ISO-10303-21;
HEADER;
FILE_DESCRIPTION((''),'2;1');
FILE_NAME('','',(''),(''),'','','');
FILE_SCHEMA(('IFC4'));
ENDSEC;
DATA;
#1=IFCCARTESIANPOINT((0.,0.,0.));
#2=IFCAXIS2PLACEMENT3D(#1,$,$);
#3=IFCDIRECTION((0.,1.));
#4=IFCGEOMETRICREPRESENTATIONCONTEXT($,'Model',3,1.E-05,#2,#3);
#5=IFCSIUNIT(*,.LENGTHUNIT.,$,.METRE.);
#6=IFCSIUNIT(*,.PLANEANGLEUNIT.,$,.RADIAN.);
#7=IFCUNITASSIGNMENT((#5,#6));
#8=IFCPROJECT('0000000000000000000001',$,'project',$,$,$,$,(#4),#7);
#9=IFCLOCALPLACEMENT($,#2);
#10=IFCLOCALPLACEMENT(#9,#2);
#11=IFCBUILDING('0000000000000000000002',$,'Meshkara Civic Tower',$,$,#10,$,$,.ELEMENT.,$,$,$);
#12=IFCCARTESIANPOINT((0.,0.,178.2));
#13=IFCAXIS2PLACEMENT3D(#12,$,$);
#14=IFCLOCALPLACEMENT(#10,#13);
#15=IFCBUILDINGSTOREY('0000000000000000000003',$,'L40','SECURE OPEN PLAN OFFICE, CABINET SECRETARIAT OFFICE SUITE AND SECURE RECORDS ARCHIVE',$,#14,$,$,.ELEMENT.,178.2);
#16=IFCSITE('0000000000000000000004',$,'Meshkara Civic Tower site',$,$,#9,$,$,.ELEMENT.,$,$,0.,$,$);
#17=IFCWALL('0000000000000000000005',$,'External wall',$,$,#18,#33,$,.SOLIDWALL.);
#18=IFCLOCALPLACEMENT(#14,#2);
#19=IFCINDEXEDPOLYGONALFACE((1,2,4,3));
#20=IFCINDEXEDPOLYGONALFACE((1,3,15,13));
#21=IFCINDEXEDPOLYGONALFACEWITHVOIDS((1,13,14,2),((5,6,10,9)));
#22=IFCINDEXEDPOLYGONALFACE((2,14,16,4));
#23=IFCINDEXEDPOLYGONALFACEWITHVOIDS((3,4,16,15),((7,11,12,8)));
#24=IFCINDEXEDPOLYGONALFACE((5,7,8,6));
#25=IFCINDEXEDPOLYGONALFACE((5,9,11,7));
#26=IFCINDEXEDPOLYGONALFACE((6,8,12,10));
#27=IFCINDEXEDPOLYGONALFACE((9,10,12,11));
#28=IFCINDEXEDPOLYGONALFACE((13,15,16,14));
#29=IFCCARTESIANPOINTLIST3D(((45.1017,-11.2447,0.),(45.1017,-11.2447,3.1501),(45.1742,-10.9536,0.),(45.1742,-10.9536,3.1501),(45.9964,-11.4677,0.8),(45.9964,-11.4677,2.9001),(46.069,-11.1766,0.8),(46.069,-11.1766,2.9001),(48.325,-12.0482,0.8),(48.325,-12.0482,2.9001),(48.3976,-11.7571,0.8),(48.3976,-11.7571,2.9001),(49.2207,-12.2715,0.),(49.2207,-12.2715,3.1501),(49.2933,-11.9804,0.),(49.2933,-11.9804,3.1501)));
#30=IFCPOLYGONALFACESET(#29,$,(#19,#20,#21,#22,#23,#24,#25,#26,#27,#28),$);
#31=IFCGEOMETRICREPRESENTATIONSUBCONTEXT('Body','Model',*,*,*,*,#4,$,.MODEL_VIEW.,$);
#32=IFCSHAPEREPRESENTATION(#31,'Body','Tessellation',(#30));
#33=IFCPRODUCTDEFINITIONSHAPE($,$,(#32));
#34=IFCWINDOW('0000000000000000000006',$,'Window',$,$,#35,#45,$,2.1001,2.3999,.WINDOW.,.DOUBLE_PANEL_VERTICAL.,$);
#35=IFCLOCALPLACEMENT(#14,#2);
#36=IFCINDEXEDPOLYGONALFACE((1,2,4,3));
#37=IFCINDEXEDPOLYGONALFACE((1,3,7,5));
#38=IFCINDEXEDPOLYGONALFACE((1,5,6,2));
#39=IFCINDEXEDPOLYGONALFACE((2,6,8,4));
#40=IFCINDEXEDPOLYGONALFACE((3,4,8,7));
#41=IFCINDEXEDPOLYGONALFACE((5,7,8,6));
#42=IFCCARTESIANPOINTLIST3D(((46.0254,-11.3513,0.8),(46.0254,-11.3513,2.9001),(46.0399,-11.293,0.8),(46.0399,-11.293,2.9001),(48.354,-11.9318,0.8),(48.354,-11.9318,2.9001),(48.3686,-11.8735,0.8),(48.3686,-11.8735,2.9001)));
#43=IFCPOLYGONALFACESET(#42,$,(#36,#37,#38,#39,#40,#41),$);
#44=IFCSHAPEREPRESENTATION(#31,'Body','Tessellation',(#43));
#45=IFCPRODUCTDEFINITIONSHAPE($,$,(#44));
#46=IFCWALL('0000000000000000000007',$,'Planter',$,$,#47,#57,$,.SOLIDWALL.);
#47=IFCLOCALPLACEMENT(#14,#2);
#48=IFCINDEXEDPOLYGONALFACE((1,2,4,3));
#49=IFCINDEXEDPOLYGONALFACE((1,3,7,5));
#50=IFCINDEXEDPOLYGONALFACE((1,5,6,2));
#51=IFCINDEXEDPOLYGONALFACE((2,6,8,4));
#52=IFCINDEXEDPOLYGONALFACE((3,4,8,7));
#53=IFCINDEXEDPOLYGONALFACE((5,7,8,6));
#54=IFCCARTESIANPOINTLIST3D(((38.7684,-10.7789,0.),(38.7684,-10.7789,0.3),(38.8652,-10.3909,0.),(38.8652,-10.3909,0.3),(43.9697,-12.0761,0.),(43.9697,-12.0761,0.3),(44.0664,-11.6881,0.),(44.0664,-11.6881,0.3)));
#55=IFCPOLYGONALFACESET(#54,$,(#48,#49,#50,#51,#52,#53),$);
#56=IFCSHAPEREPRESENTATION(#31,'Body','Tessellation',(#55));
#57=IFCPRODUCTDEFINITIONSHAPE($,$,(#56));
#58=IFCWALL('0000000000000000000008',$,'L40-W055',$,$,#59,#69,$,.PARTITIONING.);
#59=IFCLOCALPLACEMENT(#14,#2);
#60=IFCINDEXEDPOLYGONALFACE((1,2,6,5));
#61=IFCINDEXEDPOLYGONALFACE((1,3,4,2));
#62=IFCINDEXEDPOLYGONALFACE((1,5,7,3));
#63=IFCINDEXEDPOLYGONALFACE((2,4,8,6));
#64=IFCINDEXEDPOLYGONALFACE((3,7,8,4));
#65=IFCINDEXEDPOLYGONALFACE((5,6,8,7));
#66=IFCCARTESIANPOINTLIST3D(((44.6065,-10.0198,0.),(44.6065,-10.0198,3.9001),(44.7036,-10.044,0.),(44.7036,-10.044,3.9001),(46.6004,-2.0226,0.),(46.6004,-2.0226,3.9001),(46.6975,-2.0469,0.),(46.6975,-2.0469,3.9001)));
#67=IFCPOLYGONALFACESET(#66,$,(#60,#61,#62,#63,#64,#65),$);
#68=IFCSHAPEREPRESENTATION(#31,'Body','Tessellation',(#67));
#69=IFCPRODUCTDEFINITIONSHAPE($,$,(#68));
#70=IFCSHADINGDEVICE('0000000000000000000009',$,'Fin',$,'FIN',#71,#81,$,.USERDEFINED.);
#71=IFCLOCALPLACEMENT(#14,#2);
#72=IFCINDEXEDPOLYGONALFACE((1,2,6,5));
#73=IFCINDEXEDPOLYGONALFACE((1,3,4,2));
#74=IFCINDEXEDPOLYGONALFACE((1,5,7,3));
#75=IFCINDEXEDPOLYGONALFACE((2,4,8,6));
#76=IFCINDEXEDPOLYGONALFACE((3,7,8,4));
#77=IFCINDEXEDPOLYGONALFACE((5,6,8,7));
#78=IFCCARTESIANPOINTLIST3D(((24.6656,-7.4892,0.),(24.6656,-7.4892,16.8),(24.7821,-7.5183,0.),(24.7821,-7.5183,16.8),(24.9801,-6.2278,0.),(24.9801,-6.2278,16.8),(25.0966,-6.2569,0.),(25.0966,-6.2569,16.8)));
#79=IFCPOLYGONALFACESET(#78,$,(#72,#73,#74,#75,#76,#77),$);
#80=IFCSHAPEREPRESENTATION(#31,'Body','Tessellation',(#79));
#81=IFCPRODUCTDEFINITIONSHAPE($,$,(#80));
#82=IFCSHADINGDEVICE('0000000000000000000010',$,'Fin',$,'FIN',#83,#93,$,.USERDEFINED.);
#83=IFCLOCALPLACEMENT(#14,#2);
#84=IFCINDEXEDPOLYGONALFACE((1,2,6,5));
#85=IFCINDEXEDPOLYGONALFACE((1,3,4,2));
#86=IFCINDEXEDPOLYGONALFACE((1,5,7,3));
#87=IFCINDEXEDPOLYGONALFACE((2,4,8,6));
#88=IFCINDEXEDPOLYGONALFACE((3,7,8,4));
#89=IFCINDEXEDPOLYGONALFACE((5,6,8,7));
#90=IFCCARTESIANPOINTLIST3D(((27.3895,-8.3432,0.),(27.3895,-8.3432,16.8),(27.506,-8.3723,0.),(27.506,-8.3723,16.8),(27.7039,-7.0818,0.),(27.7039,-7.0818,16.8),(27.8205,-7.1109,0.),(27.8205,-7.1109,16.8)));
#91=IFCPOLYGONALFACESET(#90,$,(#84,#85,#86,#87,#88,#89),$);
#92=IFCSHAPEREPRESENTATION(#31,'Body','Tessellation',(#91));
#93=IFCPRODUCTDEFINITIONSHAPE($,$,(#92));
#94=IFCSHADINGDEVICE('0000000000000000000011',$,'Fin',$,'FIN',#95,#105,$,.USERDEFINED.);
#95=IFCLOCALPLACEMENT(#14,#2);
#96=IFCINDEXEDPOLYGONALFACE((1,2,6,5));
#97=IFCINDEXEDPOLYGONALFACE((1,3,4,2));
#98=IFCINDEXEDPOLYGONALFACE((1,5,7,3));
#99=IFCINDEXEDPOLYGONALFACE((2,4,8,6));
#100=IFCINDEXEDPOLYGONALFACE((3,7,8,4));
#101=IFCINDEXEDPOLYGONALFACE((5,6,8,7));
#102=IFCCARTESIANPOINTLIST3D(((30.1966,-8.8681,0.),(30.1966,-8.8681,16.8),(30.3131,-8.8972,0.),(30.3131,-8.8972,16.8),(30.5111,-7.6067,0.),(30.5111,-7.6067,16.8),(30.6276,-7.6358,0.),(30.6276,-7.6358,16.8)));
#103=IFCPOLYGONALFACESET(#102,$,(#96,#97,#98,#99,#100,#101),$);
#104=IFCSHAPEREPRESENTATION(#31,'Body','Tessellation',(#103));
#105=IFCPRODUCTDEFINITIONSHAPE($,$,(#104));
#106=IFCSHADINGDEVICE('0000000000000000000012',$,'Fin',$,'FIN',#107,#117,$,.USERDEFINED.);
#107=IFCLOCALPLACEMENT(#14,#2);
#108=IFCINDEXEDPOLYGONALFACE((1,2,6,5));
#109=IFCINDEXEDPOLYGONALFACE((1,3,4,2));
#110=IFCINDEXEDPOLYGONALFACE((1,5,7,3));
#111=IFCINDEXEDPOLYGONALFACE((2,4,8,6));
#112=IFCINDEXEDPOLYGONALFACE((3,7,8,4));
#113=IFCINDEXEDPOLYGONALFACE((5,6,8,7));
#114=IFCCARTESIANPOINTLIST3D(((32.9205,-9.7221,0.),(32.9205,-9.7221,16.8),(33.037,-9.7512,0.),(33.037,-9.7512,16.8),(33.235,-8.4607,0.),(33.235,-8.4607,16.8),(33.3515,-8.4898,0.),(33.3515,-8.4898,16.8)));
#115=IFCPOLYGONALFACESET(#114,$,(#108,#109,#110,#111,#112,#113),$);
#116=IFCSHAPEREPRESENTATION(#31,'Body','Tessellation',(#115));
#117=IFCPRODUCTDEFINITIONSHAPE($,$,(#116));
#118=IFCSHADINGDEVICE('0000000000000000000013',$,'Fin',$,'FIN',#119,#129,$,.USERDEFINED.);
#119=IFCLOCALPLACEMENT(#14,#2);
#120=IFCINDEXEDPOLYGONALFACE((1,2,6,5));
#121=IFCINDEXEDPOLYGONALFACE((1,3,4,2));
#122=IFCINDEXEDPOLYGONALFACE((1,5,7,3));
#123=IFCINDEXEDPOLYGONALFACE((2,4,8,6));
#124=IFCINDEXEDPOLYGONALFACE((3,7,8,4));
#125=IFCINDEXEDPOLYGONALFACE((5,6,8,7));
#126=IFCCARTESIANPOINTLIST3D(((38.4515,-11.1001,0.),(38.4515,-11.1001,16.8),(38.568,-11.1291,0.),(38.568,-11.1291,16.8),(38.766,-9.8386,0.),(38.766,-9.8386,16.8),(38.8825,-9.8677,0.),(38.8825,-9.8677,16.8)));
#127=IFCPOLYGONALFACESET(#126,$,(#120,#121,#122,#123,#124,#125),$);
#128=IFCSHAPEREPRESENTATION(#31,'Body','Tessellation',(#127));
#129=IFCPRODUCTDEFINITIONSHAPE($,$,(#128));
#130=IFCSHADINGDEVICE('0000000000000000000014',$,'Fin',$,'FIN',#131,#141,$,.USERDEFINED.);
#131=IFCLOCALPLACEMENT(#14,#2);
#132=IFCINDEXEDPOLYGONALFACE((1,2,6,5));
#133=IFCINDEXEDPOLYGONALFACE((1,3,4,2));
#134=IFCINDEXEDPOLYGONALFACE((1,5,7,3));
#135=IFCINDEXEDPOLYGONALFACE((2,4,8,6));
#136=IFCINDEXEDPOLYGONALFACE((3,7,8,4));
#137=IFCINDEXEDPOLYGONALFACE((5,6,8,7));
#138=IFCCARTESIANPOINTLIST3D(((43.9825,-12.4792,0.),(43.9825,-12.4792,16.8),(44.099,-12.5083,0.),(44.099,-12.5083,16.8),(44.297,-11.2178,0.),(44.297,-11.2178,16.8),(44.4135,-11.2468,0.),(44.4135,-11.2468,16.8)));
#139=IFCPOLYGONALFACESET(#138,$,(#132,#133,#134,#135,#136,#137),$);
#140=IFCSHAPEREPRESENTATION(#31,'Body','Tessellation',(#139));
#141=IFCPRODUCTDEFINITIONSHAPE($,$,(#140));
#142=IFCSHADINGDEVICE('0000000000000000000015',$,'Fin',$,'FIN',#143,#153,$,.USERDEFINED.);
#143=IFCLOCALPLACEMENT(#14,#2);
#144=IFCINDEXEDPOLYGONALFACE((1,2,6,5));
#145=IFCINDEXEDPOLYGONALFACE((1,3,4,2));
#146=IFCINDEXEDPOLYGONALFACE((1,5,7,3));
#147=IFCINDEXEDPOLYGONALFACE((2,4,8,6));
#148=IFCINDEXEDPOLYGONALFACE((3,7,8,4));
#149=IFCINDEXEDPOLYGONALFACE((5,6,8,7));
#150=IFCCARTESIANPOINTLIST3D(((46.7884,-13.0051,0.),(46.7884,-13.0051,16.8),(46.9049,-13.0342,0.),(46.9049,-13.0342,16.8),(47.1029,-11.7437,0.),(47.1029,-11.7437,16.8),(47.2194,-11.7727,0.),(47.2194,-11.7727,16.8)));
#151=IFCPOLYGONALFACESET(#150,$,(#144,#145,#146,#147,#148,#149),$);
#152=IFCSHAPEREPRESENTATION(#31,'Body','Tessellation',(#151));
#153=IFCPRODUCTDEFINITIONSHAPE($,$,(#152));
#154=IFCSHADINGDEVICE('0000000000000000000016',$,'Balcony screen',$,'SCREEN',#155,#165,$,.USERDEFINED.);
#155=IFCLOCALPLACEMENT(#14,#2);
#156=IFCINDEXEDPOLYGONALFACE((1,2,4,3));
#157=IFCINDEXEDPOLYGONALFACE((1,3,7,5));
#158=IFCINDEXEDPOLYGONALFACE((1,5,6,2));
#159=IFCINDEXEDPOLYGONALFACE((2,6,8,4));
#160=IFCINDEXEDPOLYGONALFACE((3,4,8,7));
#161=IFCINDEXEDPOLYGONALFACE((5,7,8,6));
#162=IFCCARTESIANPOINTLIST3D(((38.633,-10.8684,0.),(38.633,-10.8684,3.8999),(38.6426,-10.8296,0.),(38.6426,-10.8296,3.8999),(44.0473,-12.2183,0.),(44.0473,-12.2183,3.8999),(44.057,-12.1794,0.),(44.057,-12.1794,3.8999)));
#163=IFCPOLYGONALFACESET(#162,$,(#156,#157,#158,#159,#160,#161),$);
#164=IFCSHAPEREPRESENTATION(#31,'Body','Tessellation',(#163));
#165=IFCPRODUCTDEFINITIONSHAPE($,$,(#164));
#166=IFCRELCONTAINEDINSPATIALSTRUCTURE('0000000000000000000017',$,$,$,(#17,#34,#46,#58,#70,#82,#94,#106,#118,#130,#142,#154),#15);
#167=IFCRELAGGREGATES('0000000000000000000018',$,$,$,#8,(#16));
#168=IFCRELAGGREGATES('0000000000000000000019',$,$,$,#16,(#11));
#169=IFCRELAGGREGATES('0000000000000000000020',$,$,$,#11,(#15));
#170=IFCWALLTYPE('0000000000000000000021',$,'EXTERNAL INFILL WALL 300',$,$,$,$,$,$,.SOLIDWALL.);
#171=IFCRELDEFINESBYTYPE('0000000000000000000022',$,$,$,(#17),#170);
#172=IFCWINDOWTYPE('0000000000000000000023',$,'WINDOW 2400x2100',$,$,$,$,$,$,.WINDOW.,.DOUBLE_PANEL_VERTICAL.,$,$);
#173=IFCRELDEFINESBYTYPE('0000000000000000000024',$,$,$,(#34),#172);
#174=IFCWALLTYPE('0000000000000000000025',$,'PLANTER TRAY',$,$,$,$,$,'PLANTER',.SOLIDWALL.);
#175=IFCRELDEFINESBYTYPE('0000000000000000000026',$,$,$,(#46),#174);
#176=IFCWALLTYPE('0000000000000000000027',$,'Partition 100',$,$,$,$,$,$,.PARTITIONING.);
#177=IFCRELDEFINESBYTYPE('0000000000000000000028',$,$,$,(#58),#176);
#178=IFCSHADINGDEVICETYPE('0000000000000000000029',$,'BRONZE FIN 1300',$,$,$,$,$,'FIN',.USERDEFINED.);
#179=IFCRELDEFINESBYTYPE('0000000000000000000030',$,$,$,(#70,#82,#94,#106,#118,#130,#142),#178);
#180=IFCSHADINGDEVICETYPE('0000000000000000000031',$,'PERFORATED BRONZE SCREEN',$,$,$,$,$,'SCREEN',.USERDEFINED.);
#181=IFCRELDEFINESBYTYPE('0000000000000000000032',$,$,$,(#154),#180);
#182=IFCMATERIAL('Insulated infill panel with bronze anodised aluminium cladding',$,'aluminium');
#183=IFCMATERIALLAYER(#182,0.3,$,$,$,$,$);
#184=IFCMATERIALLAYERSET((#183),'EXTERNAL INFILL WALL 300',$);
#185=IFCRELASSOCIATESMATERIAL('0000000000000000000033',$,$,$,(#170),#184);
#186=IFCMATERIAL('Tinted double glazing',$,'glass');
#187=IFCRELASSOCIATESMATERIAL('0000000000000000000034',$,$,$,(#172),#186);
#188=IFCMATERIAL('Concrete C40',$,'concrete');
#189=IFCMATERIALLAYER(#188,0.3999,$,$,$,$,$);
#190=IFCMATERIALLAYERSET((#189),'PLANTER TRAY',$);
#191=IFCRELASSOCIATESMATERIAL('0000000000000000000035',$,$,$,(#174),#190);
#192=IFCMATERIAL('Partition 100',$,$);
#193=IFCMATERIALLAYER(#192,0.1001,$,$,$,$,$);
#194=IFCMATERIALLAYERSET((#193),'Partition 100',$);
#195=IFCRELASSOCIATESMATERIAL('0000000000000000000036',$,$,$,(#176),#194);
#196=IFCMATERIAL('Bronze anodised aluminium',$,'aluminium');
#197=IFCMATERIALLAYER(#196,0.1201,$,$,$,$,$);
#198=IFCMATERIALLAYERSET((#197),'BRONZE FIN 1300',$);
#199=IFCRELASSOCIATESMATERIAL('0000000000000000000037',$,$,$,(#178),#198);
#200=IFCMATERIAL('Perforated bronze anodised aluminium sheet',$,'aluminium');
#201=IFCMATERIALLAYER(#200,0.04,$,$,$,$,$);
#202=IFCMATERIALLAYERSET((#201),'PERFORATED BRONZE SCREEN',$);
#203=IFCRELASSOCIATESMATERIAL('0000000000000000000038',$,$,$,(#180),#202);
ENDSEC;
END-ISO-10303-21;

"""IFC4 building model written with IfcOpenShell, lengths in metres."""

from ifc_helpers import new_model, si_unit, direction, frame, frame_2d, origin, origin_2d, place, context, subcontext, project, spatial, rectangle, extrude, material, layer, layer_set, type_object, element, fill, save


model = new_model("IFC4")

# Units and contexts
model_context = context("Model", 3, precision=1e-05, world=origin(), true_north=direction((0.0, 1.0)))
body_context = subcontext(model_context, "Body", "Model", "MODEL_VIEW")
ifc_project = project(units=[si_unit("LENGTHUNIT", "METRE"), si_unit("PLANEANGLEUNIT", "RADIAN")], contexts=[model_context])

# Site, building, storey
site_placement = place(None, origin())
site = spatial("IfcSite", under=ifc_project, at=site_placement, Name="Meshkara Civic Tower site", CompositionType="ELEMENT", RefElevation=0.0)
building_placement = place(site_placement, origin())
building = spatial("IfcBuilding", under=site, at=building_placement, Name="Meshkara Civic Tower", CompositionType="ELEMENT")
storey_placement = place(building_placement, frame((0.0, 0.0, 178.2)))
storey = spatial("IfcBuildingStorey", under=building, at=storey_placement, Name="L40", Description="SECURE OPEN PLAN OFFICE, CABINET SECRETARIAT OFFICE SUITE AND SECURE RECORDS ARCHIVE", CompositionType="ELEMENT", Elevation=178.2)

# Wall, opening, window
ifc_material_1 = material(Name="Insulated infill panel with bronze anodised aluminium cladding", Category="aluminium")
ifc_layer_1 = layer(ifc_material_1, 0.3)
ifc_layer_set_1 = layer_set([ifc_layer_1], Name="EXTERNAL INFILL WALL 300")
wall_type_1 = type_object("IfcWallType", Name="EXTERNAL INFILL WALL 300", PredefinedType="SOLIDWALL", material=ifc_layer_set_1)
ifc_material_2 = material(Name="Tinted double glazing", Category="glass")
window_type = type_object("IfcWindowType", Name="WINDOW 2400x2100", PartitioningType="DOUBLE_PANEL_VERTICAL", PredefinedType="WINDOW", material=ifc_material_2)
wall_1_placement = place(storey_placement, frame((45.1379, -11.0991, 0.0), z_axis=(0.0, 0.0, 1.0), x_axis=(0.970305, -0.241886, 0.0)))
wall_1 = element("IfcWall", 1, at=wall_1_placement, inside=storey, type_object=wall_type_1, Name="External wall", PredefinedType="SOLIDWALL", context=body_context, shape_type="SweptSolid", body=[
    extrude(rectangle(XDim=4.2451, YDim=0.3, at=frame_2d((2.1226, 0.0))), origin(), (0.0, 0.0, 1.0), 3.1501),
])
opening_1_placement = place(wall_1_placement, frame((0.9221, 0.0, 0.8)))
opening_1 = element("IfcOpeningElement", 2, at=opening_1_placement, cuts=wall_1, PredefinedType="OPENING", context=body_context, shape_type="SweptSolid", body=[
    extrude(rectangle(XDim=2.3999, YDim=2.1001, at=frame_2d((1.2, 1.05))), frame((0.0, 0.1599, 0.0), z_axis=(0.0, -1.0, 0.0), x_axis=(1.0, 0.0, 0.0)), (0.0, 0.0, 1.0), 0.3201),
])
window_1_placement = place(opening_1_placement, origin())
window_1 = element("IfcWindow", 3, at=window_1_placement, inside=storey, type_object=window_type, Name="Window", OverallHeight=2.1001, OverallWidth=2.3999, PartitioningType="DOUBLE_PANEL_VERTICAL", PredefinedType="WINDOW", context=body_context, shape_type="SweptSolid", body=[
    extrude(rectangle(XDim=2.3999, YDim=2.1001, at=frame_2d((1.2, 1.05))), frame((0.0, 0.03, 0.0), z_axis=(0.0, -1.0, 0.0), x_axis=(1.0, 0.0, 0.0)), (0.0, 0.0, 1.0), 0.0601),
])
fill(opening_1, window_1)

# Walls
ifc_material_3 = material(Name="Concrete C40", Category="concrete")
ifc_layer_2 = layer(ifc_material_3, 0.3999)
ifc_layer_set_2 = layer_set([ifc_layer_2], Name="PLANTER TRAY")
wall_type_2 = type_object("IfcWallType", Name="PLANTER TRAY", ElementType="PLANTER", PredefinedType="SOLIDWALL", material=ifc_layer_set_2)
wall_2_placement = place(storey_placement, frame((38.8169, -10.585, 0.0), z_axis=(0.0, 0.0, 1.0), x_axis=(0.970282, -0.241978, 0.0)))
element("IfcWall", 4, at=wall_2_placement, inside=storey, type_object=wall_type_2, Name="Planter", PredefinedType="SOLIDWALL", context=body_context, shape_type="SweptSolid", body=[
    extrude(rectangle(XDim=5.3606, YDim=0.3999, at=frame_2d((2.6802, 0.0))), origin(), (0.0, 0.0, 1.0), 0.3),
])
ifc_material_4 = material(Name="Partition 100")
ifc_layer_3 = layer(ifc_material_4, 0.1001)
ifc_layer_set_3 = layer_set([ifc_layer_3], Name="Partition 100")
wall_type_3 = type_object("IfcWallType", Name="Partition 100", PredefinedType="PARTITIONING", material=ifc_layer_set_3)
wall_3_placement = place(storey_placement, frame((44.655, -10.032, 0.0), z_axis=(0.0, 0.0, 1.0), x_axis=(0.241922, 0.970296, 0.0)))
element("IfcWall", 5, at=wall_3_placement, inside=storey, type_object=wall_type_3, Name="L40-W055", PredefinedType="PARTITIONING", context=body_context, shape_type="SweptSolid", body=[
    extrude(rectangle(XDim=8.2419, YDim=0.1001, at=frame_2d((4.1211, 0.0))), origin(), (0.0, 0.0, 1.0), 3.9001),
])

# Shading devices
ifc_material_5 = material(Name="Bronze anodised aluminium", Category="aluminium")
ifc_layer_4 = layer(ifc_material_5, 0.1201)
ifc_layer_set_4 = layer_set([ifc_layer_4], Name="BRONZE FIN 1300")
shading_device_type_1 = type_object("IfcShadingDeviceType", Name="BRONZE FIN 1300", ElementType="FIN", PredefinedType="USERDEFINED", material=ifc_layer_set_4)
for number, where, z_axis, x_axis, name in (
    (6, (24.8811, -6.873, 0.0), (0.0, 0.0, 1.0), (0.9703, -0.241905, 0.0), "Fin"),
    (7, (27.605, -7.7271, 0.0), (0.0, 0.0, 1.0), (0.9703, -0.241905, 0.0), "Fin"),
    (8, (30.4121, -8.252, 0.0), (0.0, 0.0, 1.0), (0.9703, -0.241905, 0.0), "Fin"),
    (9, (33.136, -9.106, 0.0), (0.0, 0.0, 1.0), (0.9703, -0.241905, 0.0), "Fin"),
    (10, (38.667, -10.4839, 0.0), (0.0, 0.0, 1.0), (0.9703, -0.241905, 0.0), "Fin"),
    (11, (44.198, -11.863, 0.0), (0.0, 0.0, 1.0), (0.9703, -0.241905, 0.0), "Fin"),
    (12, (47.0039, -12.3889, 0.0), (0.0, 0.0, 1.0), (0.9703, -0.241905, 0.0), "Fin"),
):
    element("IfcShadingDevice", number, at=place(storey_placement, frame(where, z_axis=z_axis, x_axis=x_axis)), inside=storey, type_object=shading_device_type_1, Name=name, ObjectType="FIN", PredefinedType="USERDEFINED", context=body_context, shape_type="SweptSolid", body=[
        extrude(rectangle(XDim=0.1201, YDim=1.3, at=origin_2d()), origin(), (0.0, 0.0, 1.0), 16.8),
    ])
ifc_material_6 = material(Name="Perforated bronze anodised aluminium sheet", Category="aluminium")
ifc_layer_5 = layer(ifc_material_6, 0.04)
ifc_layer_set_5 = layer_set([ifc_layer_5], Name="PERFORATED BRONZE SCREEN")
shading_device_type_2 = type_object("IfcShadingDeviceType", Name="PERFORATED BRONZE SCREEN", ElementType="SCREEN", PredefinedType="USERDEFINED", material=ifc_layer_set_5)
shading_device_placement = place(storey_placement, frame((41.345, -11.5239, 0.0), z_axis=(0.0, 0.0, 1.0), x_axis=(0.9703, -0.241905, 0.0)))
element("IfcShadingDevice", 13, at=shading_device_placement, inside=storey, type_object=shading_device_type_2, Name="Balcony screen", ObjectType="SCREEN", PredefinedType="USERDEFINED", context=body_context, shape_type="SweptSolid", body=[
    extrude(rectangle(XDim=5.5801, YDim=0.04, at=origin_2d()), origin(), (0.0, 0.0, 1.0), 3.8999),
])

save(model, "model.ifc")
